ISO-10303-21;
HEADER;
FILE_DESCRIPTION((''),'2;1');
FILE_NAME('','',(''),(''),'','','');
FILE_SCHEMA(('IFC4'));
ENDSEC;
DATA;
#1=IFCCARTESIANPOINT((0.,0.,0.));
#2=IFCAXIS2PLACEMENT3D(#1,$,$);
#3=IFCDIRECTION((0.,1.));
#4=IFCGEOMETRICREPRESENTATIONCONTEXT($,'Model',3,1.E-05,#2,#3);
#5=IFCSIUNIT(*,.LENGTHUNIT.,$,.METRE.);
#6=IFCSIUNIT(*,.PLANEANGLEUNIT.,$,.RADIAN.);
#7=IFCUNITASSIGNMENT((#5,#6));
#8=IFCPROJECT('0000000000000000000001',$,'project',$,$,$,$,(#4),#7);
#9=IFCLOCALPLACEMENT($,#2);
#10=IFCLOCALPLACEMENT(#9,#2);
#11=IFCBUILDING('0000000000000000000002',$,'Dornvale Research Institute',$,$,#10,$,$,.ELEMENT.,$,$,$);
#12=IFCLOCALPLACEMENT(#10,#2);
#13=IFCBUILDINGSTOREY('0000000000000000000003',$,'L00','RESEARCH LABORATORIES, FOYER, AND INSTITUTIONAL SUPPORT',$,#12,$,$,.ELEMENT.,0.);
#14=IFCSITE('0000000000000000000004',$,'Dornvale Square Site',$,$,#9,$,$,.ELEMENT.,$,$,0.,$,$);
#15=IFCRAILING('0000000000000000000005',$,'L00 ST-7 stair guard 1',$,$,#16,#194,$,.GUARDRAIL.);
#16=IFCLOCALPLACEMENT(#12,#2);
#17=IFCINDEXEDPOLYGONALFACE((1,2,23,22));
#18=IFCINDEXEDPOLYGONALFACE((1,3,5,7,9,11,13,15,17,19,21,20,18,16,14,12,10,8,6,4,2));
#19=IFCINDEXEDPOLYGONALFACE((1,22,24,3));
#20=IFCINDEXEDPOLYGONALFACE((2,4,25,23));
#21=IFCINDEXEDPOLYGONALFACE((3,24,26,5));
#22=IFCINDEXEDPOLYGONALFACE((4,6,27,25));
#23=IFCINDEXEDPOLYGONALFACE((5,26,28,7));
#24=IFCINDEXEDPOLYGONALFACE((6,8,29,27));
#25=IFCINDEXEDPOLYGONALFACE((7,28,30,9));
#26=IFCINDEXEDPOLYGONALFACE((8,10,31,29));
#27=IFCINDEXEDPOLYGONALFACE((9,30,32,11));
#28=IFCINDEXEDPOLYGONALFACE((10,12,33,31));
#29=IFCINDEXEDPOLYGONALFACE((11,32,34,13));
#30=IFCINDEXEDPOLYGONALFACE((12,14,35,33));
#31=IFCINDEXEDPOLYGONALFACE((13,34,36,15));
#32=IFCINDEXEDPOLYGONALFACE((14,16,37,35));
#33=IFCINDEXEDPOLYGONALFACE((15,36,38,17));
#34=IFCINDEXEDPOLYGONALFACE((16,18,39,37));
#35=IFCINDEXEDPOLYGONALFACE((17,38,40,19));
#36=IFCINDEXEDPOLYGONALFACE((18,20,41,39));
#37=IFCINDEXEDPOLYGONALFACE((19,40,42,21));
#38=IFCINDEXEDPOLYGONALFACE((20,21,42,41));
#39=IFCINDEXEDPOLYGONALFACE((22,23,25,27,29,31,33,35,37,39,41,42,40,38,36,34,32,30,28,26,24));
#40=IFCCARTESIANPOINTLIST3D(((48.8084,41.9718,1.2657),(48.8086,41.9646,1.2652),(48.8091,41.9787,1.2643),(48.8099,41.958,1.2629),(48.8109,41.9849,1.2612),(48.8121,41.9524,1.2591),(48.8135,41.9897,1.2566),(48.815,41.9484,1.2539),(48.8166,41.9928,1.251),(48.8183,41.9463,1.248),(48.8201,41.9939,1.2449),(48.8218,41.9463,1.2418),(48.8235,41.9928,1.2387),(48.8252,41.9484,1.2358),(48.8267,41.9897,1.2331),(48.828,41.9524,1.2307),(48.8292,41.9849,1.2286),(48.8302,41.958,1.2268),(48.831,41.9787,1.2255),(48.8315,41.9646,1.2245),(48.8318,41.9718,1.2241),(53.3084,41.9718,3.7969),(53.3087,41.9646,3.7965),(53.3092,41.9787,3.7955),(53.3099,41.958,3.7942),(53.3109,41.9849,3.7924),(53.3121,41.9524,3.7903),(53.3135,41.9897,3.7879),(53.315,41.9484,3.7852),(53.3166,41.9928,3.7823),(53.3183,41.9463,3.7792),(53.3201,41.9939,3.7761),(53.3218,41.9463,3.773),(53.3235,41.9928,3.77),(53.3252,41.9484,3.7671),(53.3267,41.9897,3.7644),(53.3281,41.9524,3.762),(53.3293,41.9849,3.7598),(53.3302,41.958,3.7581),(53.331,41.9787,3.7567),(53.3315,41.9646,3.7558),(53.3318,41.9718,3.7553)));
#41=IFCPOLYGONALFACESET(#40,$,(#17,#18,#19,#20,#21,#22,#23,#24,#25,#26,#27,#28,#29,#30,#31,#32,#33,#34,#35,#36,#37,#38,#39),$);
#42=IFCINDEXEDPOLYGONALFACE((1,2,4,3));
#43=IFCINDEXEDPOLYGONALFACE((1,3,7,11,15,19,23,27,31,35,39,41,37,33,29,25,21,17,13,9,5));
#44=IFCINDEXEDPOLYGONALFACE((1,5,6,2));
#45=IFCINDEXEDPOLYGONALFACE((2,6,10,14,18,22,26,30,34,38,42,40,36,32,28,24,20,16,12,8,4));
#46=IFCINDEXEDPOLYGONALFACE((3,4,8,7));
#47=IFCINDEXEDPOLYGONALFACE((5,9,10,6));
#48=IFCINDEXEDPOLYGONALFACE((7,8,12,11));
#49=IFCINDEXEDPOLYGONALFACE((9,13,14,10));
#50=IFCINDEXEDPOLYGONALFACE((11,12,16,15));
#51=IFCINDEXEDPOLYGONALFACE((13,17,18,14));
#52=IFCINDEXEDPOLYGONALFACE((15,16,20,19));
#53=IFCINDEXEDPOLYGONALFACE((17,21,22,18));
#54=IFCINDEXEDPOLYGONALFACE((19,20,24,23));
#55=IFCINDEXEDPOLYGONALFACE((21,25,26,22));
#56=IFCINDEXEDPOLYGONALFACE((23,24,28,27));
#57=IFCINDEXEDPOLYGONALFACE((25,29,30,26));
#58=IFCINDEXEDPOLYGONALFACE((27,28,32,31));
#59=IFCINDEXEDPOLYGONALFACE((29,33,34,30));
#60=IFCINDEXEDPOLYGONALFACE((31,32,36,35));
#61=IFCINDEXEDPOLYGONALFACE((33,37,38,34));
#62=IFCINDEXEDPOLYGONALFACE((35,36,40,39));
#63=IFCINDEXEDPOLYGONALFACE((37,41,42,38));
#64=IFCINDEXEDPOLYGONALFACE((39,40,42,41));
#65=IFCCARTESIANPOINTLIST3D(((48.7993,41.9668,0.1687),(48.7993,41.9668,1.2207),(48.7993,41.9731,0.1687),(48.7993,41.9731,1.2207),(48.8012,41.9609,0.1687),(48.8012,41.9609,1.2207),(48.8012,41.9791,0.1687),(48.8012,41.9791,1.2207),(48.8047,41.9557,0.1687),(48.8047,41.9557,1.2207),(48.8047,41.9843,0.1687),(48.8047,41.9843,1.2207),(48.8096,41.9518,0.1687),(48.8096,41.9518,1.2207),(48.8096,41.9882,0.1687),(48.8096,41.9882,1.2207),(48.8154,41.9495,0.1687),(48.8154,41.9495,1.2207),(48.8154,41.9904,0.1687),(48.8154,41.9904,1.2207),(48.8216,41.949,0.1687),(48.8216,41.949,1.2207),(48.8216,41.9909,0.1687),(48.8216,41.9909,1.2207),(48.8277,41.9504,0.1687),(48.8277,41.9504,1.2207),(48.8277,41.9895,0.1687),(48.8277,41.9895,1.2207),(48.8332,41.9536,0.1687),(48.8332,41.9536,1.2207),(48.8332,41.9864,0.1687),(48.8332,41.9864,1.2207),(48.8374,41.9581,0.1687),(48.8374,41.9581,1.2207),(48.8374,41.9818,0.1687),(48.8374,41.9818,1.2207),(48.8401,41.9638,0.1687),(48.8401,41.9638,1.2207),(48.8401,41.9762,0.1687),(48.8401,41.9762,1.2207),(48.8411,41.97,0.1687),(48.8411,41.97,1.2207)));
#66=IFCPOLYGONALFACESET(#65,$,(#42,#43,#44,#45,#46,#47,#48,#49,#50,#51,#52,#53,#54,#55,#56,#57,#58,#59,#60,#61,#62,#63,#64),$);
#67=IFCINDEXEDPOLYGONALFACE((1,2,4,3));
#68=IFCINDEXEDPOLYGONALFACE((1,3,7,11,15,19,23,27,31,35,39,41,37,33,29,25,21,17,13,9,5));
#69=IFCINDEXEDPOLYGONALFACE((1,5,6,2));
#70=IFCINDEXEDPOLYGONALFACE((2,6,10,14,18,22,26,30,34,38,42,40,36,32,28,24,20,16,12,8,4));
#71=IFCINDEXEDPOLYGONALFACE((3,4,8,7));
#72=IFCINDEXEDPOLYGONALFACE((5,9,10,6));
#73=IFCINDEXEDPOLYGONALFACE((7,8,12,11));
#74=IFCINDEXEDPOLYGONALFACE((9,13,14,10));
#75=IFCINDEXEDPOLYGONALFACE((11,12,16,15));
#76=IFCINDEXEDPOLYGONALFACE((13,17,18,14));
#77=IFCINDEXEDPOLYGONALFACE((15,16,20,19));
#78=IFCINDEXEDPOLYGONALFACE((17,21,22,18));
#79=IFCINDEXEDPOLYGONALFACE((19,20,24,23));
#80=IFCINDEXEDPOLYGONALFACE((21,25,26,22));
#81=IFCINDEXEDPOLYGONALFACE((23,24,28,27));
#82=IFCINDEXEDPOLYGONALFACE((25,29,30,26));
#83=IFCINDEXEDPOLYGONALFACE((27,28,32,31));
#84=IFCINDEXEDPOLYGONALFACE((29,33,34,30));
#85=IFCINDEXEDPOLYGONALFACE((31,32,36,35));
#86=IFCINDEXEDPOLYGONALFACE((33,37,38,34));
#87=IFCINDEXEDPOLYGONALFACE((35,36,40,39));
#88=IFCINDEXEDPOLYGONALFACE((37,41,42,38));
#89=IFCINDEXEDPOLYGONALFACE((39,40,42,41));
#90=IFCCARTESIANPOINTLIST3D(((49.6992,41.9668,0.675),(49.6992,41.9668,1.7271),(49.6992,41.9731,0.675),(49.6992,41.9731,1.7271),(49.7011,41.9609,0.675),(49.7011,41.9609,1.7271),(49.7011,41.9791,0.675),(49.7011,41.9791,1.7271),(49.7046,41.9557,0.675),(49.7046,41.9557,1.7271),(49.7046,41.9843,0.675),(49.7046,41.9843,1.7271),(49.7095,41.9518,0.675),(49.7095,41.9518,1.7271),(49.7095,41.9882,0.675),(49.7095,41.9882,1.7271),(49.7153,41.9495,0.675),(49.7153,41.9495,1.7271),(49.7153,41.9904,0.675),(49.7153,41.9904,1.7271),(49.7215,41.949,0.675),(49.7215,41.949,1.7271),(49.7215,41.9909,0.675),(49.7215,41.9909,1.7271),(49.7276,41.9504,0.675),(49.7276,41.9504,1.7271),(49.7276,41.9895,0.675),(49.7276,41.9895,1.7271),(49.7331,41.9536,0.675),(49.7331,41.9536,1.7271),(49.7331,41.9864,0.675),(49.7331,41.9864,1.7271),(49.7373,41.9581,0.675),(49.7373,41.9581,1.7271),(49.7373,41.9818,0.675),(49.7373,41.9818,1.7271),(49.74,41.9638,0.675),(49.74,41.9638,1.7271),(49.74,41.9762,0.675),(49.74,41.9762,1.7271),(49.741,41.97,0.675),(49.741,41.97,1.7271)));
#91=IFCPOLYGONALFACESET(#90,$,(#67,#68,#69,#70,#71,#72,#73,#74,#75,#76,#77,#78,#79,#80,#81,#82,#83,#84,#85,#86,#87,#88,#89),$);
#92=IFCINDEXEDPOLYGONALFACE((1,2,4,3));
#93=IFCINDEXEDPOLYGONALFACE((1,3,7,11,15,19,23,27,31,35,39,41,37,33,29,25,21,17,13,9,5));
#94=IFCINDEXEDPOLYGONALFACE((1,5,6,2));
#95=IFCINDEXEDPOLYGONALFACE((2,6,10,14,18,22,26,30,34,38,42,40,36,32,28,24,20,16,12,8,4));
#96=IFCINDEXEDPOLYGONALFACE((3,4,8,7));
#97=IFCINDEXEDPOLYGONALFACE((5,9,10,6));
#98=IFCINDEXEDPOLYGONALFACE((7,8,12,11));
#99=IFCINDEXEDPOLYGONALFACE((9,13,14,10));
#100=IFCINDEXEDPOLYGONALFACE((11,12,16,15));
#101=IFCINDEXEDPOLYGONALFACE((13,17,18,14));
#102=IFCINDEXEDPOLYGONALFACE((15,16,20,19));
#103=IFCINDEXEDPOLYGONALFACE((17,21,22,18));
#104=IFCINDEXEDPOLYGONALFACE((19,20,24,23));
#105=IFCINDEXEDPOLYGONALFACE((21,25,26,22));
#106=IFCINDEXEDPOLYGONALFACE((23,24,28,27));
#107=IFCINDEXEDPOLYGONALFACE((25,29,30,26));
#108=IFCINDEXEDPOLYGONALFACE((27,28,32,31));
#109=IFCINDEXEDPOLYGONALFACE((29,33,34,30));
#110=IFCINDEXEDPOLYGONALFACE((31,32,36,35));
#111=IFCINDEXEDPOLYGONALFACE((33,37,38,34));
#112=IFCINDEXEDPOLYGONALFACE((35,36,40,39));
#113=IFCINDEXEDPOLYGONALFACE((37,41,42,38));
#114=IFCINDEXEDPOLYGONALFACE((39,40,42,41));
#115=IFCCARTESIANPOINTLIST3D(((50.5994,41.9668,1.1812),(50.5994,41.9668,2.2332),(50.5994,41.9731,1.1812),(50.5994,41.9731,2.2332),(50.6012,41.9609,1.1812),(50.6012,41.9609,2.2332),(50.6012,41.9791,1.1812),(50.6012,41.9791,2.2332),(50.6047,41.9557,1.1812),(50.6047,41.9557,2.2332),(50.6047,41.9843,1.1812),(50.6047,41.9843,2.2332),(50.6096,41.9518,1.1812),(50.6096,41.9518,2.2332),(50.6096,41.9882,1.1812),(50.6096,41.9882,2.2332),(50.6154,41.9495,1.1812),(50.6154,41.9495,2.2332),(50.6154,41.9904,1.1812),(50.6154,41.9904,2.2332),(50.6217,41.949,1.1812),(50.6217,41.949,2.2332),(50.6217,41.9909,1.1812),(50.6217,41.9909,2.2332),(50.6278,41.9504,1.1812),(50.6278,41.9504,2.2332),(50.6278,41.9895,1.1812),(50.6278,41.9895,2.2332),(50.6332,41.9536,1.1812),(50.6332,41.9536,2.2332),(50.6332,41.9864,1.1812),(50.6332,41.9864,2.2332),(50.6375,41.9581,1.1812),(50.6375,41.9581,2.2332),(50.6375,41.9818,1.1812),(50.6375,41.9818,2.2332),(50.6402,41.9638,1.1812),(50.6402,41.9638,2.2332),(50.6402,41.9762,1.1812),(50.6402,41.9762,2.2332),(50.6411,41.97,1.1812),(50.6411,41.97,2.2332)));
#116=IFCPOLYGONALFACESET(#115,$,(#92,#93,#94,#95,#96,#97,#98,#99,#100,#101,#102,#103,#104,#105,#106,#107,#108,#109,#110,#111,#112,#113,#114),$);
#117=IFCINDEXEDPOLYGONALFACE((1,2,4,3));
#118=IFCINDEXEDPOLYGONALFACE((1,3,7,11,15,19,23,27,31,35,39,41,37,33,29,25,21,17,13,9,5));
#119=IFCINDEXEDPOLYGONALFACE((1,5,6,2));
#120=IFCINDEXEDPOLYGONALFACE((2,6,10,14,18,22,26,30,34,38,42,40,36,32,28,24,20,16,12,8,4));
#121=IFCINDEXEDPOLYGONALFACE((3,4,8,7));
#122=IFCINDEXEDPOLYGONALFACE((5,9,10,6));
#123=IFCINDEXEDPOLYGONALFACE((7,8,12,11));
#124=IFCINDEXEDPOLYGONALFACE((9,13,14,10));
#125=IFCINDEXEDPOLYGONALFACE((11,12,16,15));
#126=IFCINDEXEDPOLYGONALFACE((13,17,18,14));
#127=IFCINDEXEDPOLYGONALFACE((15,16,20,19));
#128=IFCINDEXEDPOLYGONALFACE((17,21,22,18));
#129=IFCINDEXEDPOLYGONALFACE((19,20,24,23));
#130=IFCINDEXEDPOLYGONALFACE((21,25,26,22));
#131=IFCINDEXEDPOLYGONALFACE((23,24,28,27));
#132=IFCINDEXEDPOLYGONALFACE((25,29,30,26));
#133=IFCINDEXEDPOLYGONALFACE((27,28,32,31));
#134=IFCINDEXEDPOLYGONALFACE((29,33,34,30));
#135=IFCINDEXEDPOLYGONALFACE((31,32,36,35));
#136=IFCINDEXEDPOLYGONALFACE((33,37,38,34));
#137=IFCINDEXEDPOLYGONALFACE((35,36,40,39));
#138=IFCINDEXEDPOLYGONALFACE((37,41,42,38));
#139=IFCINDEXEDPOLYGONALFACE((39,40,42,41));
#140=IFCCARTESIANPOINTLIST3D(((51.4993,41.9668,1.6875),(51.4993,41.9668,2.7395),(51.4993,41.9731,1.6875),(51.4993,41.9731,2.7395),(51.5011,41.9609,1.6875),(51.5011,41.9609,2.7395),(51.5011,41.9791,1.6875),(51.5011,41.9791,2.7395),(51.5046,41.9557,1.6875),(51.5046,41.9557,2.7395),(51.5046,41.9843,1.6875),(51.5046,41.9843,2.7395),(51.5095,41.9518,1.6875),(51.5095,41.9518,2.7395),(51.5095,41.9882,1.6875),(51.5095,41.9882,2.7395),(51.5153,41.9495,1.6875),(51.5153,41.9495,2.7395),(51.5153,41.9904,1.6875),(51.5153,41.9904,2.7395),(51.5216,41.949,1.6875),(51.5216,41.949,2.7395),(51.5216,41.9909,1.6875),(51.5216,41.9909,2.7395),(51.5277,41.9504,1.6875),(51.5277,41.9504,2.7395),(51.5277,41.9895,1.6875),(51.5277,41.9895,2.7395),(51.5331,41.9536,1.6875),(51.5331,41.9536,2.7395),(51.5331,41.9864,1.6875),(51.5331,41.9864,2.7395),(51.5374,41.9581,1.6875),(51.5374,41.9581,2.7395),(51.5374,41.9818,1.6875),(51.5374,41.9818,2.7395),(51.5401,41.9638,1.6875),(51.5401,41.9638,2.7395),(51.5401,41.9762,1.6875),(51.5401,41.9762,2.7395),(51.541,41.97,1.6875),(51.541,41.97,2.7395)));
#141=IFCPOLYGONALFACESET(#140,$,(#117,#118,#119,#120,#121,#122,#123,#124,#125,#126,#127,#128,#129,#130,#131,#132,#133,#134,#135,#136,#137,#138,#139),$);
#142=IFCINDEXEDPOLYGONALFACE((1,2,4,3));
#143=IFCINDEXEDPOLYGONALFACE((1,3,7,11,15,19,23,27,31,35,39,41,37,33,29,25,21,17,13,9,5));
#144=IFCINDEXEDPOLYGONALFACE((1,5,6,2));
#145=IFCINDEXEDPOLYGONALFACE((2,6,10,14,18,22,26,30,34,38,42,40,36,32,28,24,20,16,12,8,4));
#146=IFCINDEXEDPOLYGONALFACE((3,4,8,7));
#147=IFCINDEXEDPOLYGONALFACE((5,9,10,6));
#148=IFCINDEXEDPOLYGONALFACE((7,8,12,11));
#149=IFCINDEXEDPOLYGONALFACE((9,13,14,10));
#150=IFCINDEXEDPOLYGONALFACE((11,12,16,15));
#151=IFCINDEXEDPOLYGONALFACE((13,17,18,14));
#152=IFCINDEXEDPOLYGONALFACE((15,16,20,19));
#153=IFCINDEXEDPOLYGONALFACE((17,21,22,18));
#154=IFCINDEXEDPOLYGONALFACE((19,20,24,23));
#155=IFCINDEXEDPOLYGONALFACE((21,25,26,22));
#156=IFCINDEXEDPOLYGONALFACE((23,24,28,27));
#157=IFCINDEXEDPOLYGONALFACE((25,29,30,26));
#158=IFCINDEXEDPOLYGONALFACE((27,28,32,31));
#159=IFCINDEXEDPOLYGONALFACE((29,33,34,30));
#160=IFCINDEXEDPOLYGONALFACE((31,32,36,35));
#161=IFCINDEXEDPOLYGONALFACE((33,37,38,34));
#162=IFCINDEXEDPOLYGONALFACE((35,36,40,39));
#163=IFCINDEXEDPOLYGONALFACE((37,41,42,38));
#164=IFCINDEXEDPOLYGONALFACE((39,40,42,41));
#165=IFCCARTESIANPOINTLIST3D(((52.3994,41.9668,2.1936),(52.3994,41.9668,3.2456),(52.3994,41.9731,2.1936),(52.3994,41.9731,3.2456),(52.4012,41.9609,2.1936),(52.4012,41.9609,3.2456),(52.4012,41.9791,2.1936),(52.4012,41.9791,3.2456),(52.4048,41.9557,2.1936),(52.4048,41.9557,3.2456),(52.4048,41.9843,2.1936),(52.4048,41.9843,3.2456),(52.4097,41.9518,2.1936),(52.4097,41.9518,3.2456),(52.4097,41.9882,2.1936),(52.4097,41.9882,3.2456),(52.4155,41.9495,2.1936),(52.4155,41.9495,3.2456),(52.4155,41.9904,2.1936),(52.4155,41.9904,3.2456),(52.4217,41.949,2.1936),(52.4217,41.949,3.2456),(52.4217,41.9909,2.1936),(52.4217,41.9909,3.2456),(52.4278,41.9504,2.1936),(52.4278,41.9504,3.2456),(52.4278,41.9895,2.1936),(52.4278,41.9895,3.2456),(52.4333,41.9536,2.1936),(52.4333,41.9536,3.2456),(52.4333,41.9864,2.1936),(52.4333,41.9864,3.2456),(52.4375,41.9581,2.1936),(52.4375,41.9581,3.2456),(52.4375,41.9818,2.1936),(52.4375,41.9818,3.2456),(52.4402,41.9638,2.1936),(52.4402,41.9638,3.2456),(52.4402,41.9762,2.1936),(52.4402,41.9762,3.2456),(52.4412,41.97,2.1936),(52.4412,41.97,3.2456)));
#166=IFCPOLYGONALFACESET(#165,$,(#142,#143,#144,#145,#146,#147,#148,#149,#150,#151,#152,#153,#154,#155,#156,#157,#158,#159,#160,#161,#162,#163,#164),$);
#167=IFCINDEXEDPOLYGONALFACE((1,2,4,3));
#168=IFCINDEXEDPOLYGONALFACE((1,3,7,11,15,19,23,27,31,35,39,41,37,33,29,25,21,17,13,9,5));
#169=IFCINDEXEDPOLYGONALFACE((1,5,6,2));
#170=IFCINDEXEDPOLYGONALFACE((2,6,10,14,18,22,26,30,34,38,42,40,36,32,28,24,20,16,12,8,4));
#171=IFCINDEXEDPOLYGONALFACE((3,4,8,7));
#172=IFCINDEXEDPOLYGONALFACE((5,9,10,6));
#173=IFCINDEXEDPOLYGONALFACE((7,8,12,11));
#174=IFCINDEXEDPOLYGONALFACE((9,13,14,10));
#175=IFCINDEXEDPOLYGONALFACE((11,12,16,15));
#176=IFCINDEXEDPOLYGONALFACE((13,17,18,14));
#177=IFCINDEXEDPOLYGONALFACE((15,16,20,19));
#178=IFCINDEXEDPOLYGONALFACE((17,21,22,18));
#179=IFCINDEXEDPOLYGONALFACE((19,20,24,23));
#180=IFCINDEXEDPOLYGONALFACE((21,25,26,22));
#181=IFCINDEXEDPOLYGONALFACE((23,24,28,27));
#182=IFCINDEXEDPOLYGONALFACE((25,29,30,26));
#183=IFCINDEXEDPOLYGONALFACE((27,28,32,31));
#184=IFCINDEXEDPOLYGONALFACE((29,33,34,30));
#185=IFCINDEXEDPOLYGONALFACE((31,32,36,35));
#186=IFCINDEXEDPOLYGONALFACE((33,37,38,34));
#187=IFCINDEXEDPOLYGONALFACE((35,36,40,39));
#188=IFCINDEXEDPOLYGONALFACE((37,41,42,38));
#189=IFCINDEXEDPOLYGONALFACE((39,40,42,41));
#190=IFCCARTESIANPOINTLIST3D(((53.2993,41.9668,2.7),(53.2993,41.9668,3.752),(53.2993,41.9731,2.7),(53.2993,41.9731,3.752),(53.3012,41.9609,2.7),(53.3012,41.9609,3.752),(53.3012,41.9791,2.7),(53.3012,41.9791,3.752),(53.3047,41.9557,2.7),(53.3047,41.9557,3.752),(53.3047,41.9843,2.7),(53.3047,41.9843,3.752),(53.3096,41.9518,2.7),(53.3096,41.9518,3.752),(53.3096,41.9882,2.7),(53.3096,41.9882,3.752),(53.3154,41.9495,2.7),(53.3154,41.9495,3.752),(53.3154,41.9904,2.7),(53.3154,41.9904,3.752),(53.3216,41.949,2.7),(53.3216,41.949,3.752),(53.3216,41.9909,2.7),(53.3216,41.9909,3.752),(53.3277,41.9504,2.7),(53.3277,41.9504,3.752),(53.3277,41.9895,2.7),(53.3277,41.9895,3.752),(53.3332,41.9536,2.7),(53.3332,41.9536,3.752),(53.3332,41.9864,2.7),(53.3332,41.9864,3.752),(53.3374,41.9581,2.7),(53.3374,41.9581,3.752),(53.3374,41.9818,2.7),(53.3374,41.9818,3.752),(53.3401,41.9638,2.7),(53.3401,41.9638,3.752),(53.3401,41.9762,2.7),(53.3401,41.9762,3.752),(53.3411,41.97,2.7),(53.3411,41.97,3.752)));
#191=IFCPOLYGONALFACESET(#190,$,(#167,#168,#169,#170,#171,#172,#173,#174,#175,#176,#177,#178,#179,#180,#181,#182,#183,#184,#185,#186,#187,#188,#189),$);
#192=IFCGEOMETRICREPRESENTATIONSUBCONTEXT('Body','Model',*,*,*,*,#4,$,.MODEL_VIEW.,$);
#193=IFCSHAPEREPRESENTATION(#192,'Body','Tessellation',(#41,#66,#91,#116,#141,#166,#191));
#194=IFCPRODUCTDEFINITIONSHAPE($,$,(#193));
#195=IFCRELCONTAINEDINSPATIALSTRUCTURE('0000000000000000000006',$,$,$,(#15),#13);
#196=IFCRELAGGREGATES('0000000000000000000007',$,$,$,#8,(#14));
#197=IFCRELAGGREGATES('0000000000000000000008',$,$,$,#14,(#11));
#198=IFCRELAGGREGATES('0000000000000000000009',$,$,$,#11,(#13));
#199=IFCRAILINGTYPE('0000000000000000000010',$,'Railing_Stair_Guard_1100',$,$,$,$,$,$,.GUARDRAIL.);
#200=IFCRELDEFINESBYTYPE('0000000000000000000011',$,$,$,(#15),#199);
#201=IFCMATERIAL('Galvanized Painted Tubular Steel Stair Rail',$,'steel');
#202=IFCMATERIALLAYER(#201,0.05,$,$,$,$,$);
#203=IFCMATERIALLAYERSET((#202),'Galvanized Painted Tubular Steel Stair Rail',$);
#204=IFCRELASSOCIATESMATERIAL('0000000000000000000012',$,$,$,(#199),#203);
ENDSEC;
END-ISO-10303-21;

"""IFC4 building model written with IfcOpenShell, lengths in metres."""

from ifc_helpers import new_model, si_unit, direction, frame, origin, origin_2d, place, context, subcontext, project, spatial, circle, extrude, material, layer, layer_set, type_object, element, save


model = new_model("IFC4")

# Units and contexts
model_context = context("Model", 3, precision=1e-05, world=origin(), true_north=direction((0.0, 1.0)))
body_context = subcontext(model_context, "Body", "Model", "MODEL_VIEW")
ifc_project = project(units=[si_unit("LENGTHUNIT", "METRE"), si_unit("PLANEANGLEUNIT", "RADIAN")], contexts=[model_context])

# Site, building, storey
site_placement = place(None, origin())
site = spatial("IfcSite", under=ifc_project, at=site_placement, Name="Dornvale Square Site", CompositionType="ELEMENT", RefElevation=0.0)
building_placement = place(site_placement, origin())
building = spatial("IfcBuilding", under=site, at=building_placement, Name="Dornvale Research Institute", CompositionType="ELEMENT")
storey_placement = place(building_placement, origin())
storey = spatial("IfcBuildingStorey", under=building, at=storey_placement, Name="L00", Description="RESEARCH LABORATORIES, FOYER, AND INSTITUTIONAL SUPPORT", CompositionType="ELEMENT", Elevation=0.0)

# Railing
ifc_material_1 = material(Name="Galvanized Painted Tubular Steel Stair Rail", Category="steel")
ifc_layer_1 = layer(ifc_material_1, 0.05)
ifc_layer_set_1 = layer_set([ifc_layer_1], Name="Galvanized Painted Tubular Steel Stair Rail")
railing_type_1 = type_object("IfcRailingType", Name="Railing_Stair_Guard_1100", PredefinedType="GUARDRAIL", material=ifc_layer_set_1)
railing_1_placement = place(storey_placement, frame((48.8201, 41.97, 0.1687)))
element("IfcRailing", 1, at=railing_1_placement, inside=storey, type_object=railing_type_1, Name="L00 ST-7 stair guard 1", PredefinedType="GUARDRAIL", context=body_context, shape_type="SweptSolid", body=[
    extrude(circle(Radius=0.0239, at=origin_2d()), frame((0.0, 0.0, 1.0762), z_axis=(0.871576, 0.0, 0.490261), x_axis=(0.0, 1.0, 0.0)), (0.0, 0.0, 1.0), 5.1631),
    extrude(circle(Radius=0.021, at=origin_2d()), origin(), (0.0, 0.0, 1.0), 1.052),
    extrude(circle(Radius=0.021, at=origin_2d()), frame((0.8999, 0.0, 0.5063)), (0.0, 0.0, 1.0), 1.052),
    extrude(circle(Radius=0.021, at=origin_2d()), frame((1.8, 0.0, 1.0125)), (0.0, 0.0, 1.0), 1.052),
    extrude(circle(Radius=0.021, at=origin_2d()), frame((2.7, 0.0, 1.5188)), (0.0, 0.0, 1.0), 1.052),
    extrude(circle(Radius=0.021, at=origin_2d()), frame((3.6001, 0.0, 2.0249)), (0.0, 0.0, 1.0), 1.052),
    extrude(circle(Radius=0.021, at=origin_2d()), frame((4.5, 0.0, 2.5312)), (0.0, 0.0, 1.0), 1.052),
])

save(model, "model.ifc")
